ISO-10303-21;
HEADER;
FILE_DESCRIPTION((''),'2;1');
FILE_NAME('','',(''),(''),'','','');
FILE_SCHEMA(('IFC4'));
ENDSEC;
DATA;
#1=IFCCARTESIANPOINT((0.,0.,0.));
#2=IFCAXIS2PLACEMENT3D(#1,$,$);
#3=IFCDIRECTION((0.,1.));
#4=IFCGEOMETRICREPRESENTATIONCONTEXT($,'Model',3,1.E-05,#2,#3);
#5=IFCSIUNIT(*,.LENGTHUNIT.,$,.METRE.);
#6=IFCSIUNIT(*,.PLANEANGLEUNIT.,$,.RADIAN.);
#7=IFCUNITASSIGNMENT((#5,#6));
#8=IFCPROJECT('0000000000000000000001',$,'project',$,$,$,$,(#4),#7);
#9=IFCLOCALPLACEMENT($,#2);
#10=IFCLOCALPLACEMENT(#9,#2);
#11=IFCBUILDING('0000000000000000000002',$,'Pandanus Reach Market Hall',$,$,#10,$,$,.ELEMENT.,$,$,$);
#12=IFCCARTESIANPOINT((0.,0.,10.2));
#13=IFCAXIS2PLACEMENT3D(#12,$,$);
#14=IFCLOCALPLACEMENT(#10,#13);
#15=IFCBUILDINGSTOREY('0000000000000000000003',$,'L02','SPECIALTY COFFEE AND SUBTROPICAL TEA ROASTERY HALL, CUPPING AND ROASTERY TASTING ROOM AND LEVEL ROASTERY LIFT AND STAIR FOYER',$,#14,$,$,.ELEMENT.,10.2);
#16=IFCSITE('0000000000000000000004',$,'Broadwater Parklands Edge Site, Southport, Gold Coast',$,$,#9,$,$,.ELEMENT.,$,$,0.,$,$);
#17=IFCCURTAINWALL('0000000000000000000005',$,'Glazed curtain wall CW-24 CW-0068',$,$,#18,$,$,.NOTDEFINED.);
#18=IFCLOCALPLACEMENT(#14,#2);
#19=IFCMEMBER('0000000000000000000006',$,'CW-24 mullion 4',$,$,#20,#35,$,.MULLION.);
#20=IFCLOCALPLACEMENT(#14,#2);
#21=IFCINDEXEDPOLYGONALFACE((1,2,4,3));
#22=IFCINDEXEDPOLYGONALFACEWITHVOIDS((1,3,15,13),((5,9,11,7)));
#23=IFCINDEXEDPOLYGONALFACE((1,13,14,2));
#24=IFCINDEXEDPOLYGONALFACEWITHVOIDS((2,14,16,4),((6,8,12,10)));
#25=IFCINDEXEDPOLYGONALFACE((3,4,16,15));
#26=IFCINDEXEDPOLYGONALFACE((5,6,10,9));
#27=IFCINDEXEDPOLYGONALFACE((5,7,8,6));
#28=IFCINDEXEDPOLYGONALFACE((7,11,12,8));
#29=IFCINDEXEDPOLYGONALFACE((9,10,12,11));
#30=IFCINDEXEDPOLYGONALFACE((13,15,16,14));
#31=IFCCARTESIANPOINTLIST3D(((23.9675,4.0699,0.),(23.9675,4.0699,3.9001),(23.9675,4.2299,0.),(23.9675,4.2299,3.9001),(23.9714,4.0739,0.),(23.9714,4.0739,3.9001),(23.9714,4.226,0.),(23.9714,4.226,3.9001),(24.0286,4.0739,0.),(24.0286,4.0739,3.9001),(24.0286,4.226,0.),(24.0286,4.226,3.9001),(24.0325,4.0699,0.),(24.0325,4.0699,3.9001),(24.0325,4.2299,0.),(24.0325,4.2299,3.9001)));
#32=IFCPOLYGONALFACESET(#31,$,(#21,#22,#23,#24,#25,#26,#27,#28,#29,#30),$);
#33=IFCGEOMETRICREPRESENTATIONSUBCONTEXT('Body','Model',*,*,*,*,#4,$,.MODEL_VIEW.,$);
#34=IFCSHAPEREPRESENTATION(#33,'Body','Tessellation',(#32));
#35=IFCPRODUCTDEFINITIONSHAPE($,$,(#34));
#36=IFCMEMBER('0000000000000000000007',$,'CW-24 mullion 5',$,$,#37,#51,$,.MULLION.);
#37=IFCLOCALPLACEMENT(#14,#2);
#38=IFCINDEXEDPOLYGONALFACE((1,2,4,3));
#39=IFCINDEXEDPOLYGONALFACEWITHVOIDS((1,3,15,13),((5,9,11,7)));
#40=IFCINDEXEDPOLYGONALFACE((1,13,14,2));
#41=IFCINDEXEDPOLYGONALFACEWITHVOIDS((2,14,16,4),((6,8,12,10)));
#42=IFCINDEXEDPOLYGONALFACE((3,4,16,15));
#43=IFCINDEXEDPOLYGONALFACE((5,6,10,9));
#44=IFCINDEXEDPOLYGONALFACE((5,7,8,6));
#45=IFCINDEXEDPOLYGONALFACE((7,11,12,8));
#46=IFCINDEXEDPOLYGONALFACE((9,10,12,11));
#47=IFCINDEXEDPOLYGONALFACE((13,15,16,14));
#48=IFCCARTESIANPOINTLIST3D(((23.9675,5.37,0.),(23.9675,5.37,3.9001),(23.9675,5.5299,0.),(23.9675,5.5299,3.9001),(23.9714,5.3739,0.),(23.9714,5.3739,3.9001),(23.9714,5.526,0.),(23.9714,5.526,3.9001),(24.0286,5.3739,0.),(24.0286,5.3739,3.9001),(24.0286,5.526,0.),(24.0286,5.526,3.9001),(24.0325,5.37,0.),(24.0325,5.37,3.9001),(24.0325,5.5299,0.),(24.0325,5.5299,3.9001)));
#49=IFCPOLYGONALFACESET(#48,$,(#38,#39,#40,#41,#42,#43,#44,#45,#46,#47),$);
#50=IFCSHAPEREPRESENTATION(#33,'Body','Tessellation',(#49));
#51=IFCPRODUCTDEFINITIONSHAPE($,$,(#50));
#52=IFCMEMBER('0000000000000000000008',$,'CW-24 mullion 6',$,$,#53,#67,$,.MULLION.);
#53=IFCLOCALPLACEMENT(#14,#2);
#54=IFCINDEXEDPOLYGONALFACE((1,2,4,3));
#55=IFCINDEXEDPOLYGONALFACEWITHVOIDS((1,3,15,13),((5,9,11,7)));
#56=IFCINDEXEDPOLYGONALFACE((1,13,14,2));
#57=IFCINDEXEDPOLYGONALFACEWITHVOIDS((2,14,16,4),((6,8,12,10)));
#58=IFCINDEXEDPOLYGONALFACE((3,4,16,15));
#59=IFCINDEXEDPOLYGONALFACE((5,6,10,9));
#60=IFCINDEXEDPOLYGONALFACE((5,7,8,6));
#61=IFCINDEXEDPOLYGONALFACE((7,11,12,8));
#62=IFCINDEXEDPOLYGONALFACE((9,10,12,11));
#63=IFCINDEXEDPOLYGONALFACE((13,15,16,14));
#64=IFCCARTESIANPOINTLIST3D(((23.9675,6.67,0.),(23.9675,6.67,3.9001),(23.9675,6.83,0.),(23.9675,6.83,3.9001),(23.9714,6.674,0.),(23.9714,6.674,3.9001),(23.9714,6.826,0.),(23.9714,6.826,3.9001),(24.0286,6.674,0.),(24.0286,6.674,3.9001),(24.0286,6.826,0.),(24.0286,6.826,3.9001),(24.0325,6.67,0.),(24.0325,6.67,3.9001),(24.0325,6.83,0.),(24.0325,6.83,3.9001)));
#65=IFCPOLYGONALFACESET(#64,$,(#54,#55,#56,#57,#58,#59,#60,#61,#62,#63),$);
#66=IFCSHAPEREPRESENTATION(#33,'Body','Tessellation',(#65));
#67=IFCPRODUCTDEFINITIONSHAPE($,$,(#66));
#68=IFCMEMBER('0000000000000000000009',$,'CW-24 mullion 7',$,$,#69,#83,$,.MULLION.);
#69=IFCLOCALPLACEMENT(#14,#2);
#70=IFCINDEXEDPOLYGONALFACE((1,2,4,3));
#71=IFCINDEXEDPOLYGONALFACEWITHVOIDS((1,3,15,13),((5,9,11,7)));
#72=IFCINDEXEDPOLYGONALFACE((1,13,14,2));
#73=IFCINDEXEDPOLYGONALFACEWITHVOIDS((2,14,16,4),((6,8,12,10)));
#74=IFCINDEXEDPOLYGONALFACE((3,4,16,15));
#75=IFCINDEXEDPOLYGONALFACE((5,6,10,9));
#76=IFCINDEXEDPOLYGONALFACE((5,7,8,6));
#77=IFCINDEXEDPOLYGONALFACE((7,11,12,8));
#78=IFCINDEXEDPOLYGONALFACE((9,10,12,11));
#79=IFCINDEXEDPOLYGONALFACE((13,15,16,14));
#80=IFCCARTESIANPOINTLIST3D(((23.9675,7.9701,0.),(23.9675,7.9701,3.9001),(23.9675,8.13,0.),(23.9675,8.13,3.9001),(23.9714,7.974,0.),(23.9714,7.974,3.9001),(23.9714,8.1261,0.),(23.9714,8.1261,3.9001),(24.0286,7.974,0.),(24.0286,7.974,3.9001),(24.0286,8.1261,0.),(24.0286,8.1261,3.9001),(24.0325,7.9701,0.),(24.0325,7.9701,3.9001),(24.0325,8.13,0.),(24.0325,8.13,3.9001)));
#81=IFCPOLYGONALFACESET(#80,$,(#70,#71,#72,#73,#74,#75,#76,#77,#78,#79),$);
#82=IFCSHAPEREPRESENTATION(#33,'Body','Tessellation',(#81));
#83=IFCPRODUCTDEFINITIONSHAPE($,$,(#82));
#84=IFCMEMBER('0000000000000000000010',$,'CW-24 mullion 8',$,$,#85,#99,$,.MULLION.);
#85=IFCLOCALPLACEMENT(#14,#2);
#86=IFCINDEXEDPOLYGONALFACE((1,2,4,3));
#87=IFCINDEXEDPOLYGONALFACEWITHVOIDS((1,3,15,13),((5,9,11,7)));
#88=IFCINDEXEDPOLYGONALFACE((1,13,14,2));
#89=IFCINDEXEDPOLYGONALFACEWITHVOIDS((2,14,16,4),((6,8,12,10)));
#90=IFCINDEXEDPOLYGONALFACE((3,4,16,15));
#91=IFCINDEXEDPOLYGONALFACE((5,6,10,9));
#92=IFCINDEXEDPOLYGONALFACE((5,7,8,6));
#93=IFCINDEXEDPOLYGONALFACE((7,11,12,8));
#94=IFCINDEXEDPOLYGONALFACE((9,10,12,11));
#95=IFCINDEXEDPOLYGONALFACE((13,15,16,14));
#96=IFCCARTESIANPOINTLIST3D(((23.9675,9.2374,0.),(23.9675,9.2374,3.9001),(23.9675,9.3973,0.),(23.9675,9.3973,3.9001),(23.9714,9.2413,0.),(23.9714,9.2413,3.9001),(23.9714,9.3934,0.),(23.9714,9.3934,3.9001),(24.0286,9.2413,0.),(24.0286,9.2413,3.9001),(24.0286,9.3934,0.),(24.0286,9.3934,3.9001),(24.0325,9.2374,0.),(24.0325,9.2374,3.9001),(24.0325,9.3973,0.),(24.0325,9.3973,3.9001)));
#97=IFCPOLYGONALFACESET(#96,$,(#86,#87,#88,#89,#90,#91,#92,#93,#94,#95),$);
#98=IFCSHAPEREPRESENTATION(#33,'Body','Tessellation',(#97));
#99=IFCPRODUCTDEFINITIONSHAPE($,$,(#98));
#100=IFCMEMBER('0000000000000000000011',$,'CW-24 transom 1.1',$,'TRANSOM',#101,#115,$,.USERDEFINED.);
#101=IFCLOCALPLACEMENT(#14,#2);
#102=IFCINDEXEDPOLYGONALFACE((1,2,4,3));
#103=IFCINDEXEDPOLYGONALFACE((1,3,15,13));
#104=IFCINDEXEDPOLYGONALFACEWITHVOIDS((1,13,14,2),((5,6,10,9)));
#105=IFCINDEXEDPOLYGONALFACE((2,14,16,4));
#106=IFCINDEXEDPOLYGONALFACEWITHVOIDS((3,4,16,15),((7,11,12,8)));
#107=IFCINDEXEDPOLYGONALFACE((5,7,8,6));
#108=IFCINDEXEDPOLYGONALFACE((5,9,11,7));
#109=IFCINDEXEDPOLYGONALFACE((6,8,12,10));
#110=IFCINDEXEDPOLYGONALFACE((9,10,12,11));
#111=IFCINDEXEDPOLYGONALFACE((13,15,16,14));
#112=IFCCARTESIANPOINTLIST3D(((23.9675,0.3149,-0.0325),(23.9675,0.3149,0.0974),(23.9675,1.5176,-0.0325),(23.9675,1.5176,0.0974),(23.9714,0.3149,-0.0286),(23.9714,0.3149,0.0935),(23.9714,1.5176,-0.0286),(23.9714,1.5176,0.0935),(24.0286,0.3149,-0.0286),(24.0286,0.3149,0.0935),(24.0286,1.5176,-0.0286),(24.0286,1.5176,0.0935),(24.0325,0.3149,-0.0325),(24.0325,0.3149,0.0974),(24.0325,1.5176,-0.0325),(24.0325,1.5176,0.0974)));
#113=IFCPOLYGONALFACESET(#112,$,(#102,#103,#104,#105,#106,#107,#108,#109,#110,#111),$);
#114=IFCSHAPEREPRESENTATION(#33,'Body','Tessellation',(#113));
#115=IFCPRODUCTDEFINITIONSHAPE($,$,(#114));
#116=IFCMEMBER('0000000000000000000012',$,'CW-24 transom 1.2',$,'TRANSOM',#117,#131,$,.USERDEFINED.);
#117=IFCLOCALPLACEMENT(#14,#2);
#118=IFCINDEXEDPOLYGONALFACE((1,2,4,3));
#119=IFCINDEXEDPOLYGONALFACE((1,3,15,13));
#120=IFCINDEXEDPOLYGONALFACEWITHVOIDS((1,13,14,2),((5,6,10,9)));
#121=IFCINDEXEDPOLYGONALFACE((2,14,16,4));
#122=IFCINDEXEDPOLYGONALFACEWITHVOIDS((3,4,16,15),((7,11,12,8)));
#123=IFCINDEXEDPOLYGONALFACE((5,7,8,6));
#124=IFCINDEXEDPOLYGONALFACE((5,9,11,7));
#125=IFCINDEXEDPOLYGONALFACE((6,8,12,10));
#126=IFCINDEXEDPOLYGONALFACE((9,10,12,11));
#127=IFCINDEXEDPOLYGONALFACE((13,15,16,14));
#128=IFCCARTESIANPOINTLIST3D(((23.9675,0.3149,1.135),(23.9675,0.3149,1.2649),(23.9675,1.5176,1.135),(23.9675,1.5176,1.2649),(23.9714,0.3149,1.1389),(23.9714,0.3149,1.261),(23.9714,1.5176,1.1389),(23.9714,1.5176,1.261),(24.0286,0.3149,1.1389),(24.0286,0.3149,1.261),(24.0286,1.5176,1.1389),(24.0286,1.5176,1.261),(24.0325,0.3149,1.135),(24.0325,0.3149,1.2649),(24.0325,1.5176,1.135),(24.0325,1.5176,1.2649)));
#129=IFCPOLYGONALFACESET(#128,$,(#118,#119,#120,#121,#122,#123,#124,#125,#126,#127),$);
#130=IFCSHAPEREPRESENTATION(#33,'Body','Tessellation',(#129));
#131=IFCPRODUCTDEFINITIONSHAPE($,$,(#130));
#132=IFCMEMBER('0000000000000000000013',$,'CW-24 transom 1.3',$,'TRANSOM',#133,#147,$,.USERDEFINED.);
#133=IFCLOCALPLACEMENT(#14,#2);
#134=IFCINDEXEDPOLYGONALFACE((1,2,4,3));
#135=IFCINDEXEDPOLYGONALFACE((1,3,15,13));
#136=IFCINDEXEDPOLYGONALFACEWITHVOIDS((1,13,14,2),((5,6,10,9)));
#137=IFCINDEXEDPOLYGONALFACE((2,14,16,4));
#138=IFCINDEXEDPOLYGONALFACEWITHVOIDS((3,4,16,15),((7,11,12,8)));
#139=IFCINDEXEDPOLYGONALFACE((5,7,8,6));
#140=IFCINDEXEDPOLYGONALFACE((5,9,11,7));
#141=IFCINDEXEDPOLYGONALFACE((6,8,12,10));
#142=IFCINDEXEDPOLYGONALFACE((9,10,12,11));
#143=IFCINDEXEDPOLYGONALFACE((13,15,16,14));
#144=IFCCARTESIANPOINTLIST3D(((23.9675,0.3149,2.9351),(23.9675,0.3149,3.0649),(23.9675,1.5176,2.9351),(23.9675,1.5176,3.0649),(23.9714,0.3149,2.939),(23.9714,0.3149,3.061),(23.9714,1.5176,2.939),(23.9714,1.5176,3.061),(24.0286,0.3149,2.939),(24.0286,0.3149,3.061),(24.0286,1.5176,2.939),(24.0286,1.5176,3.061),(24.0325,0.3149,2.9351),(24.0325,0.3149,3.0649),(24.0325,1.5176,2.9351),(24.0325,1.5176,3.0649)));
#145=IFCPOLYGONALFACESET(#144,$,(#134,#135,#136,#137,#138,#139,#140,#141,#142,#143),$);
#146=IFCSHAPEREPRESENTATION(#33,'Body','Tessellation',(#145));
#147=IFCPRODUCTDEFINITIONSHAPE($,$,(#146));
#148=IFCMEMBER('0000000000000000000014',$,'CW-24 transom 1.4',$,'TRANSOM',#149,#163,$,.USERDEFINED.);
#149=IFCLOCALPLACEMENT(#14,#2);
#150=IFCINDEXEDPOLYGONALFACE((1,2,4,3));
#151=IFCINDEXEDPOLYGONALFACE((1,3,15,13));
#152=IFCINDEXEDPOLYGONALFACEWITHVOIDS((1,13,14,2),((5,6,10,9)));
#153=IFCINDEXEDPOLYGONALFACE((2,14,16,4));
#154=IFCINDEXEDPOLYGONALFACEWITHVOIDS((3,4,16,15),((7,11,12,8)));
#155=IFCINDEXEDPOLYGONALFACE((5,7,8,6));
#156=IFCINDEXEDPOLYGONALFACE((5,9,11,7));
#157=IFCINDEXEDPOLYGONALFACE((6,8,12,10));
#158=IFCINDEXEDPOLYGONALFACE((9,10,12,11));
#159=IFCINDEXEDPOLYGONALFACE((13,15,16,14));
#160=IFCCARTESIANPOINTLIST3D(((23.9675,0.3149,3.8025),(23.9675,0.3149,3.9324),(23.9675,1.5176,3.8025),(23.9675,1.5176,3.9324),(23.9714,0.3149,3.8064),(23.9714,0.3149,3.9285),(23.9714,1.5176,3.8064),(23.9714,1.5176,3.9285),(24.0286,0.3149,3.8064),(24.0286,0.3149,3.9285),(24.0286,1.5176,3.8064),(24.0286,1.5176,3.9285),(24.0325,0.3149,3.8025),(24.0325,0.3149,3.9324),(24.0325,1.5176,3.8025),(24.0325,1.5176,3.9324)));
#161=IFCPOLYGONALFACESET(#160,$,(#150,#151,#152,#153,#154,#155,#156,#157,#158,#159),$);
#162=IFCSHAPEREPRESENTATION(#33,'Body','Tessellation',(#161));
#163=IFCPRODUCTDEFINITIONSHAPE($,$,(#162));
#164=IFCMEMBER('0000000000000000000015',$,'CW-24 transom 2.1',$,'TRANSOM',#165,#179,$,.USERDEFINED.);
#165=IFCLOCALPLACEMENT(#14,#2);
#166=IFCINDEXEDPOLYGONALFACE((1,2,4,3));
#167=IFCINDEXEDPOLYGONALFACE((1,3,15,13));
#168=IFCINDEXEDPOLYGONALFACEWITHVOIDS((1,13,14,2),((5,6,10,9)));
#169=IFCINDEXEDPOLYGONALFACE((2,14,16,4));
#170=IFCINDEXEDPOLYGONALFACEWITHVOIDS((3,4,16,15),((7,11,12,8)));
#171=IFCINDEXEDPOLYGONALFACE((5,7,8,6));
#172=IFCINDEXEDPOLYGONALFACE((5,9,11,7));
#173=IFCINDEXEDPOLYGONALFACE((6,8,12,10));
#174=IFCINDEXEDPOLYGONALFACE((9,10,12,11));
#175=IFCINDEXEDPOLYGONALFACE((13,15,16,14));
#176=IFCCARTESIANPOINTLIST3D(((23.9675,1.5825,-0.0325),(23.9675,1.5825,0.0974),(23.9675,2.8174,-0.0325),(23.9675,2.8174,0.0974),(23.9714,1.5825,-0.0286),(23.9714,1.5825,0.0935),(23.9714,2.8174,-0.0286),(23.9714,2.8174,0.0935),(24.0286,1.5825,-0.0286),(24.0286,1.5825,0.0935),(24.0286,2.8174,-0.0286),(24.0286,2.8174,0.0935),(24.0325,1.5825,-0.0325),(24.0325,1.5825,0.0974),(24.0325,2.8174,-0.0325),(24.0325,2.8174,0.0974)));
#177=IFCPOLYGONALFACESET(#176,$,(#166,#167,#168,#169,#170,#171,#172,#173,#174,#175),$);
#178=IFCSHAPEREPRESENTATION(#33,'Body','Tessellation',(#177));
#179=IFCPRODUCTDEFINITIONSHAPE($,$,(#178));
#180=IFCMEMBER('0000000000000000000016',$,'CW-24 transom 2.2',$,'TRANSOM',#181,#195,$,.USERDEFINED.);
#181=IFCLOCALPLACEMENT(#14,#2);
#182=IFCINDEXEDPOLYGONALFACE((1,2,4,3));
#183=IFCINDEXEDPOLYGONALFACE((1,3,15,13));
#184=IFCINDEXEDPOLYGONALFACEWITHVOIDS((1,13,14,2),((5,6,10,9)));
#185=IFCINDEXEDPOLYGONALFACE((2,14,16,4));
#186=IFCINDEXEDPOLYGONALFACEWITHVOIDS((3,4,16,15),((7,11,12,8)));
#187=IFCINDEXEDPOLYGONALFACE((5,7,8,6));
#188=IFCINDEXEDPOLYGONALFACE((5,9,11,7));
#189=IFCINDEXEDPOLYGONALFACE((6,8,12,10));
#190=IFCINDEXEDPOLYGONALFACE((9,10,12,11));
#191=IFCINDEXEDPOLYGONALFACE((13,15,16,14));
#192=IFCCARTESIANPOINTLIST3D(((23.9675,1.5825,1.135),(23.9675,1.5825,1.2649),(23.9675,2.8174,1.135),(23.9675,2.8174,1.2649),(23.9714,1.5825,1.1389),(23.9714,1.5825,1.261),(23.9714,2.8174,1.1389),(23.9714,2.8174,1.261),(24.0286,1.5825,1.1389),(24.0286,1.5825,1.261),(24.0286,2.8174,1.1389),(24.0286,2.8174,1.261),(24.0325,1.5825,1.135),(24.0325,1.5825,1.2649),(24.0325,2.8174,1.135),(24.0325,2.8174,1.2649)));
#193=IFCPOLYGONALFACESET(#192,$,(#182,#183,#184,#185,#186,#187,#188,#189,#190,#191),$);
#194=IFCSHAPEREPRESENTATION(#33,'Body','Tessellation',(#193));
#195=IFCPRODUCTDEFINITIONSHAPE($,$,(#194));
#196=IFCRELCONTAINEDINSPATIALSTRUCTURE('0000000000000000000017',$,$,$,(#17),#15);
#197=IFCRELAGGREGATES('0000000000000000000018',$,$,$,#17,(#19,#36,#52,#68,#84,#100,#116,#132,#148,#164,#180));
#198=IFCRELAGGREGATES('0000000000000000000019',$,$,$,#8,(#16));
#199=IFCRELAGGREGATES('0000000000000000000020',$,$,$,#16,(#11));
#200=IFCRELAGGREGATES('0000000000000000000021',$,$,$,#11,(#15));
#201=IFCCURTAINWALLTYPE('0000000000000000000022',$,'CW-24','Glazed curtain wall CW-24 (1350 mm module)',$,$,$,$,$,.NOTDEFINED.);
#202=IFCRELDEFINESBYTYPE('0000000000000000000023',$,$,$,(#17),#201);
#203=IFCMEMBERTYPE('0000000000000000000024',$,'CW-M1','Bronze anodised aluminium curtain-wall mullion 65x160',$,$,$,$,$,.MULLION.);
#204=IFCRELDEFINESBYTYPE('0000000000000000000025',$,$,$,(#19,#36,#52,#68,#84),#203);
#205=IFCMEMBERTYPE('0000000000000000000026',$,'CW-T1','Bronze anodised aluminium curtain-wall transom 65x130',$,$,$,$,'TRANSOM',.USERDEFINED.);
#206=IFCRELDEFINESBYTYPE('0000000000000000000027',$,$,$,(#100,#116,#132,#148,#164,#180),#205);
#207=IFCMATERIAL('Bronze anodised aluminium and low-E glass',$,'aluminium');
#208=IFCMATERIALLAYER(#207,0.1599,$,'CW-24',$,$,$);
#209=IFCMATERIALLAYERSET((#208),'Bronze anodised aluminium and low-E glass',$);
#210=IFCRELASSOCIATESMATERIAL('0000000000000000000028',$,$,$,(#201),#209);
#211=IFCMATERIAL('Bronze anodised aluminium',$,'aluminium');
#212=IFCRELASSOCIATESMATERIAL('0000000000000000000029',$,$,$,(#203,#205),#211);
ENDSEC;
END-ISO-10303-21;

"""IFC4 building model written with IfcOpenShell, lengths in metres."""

from ifc_helpers import new_model, si_unit, direction, frame, origin, origin_2d, place, context, subcontext, project, spatial, hollow_rectangle, extrude, material, layer, layer_set, material_profile, profile_set, type_object, element, aggregate, save


model = new_model("IFC4")

# Units and contexts
model_context = context("Model", 3, precision=1e-05, world=origin(), true_north=direction((0.0, 1.0)))
body_context = subcontext(model_context, "Body", "Model", "MODEL_VIEW")
ifc_project = project(units=[si_unit("LENGTHUNIT", "METRE"), si_unit("PLANEANGLEUNIT", "RADIAN")], contexts=[model_context])

# Site, building, storey
site_placement = place(None, origin())
site = spatial("IfcSite", under=ifc_project, at=site_placement, Name="Broadwater Parklands Edge Site, Southport, Gold Coast", CompositionType="ELEMENT", RefElevation=0.0)
building_placement = place(site_placement, origin())
building = spatial("IfcBuilding", under=site, at=building_placement, Name="Pandanus Reach Market Hall", CompositionType="ELEMENT")
storey_placement = place(building_placement, frame((0.0, 0.0, 10.2)))
storey = spatial("IfcBuildingStorey", under=building, at=storey_placement, Name="L02", Description="SPECIALTY COFFEE AND SUBTROPICAL TEA ROASTERY HALL, CUPPING AND ROASTERY TASTING ROOM AND LEVEL ROASTERY LIFT AND STAIR FOYER", CompositionType="ELEMENT", Elevation=10.2)

# Curtain wall, members
ifc_material_1 = material(Name="Bronze anodised aluminium and low-E glass", Category="aluminium")
ifc_layer_1 = layer(ifc_material_1, 0.1599, Name="CW-24")
ifc_layer_set_1 = layer_set([ifc_layer_1], Name="Bronze anodised aluminium and low-E glass")
curtain_wall_type = type_object("IfcCurtainWallType", Name="CW-24", Description="Glazed curtain wall CW-24 (1350 mm module)", PredefinedType="NOTDEFINED", material=ifc_layer_set_1)
curtain_wall_placement = place(storey_placement, origin())
curtain_wall = element("IfcCurtainWall", 1, at=curtain_wall_placement, inside=storey, type_object=curtain_wall_type, Name="Glazed curtain wall CW-24 CW-0068", PredefinedType="NOTDEFINED")
ifc_material_2 = material(Name="Bronze anodised aluminium", Category="aluminium")
ifc_material_profile_1 = material_profile(ifc_material_2, hollow_rectangle(XDim=0.0649, YDim=0.1599, WallThickness=0.0039, at=origin_2d()), Name="ALU65x160", Category="LoadBearing")
ifc_profile_set_1 = profile_set([ifc_material_profile_1], Name="Bronze anodised aluminium")
member_type_1 = type_object("IfcMemberType", Name="CW-M1", Description="Bronze anodised aluminium curtain-wall mullion 65x160", PredefinedType="MULLION", material=ifc_profile_set_1)
member_1_placement = place(storey_placement, frame((24.0, 4.1499, 0.0), z_axis=(0.0, 0.0, 1.0), x_axis=(-1.0, 0.0, 0.0)))
member_1 = element("IfcMember", 2, at=member_1_placement, type_object=member_type_1, Name="CW-24 mullion 4", PredefinedType="MULLION", context=body_context, shape_type="SweptSolid", body=[
    extrude(hollow_rectangle(XDim=0.0649, YDim=0.1599, WallThickness=0.0039, at=origin_2d()), origin(), (0.0, 0.0, 1.0), 3.9001),
])
member_2_placement = place(storey_placement, frame((24.0, 5.45, 0.0), z_axis=(0.0, 0.0, 1.0), x_axis=(-1.0, 0.0, 0.0)))
member_2 = element("IfcMember", 3, at=member_2_placement, type_object=member_type_1, Name="CW-24 mullion 5", PredefinedType="MULLION", context=body_context, shape_type="SweptSolid", body=[
    extrude(hollow_rectangle(XDim=0.0649, YDim=0.1599, WallThickness=0.0039, at=origin_2d()), origin(), (0.0, 0.0, 1.0), 3.9001),
])
member_3_placement = place(storey_placement, frame((24.0, 6.75, 0.0), z_axis=(0.0, 0.0, 1.0), x_axis=(-1.0, 0.0, 0.0)))
member_3 = element("IfcMember", 4, at=member_3_placement, type_object=member_type_1, Name="CW-24 mullion 6", PredefinedType="MULLION", context=body_context, shape_type="SweptSolid", body=[
    extrude(hollow_rectangle(XDim=0.0649, YDim=0.1599, WallThickness=0.0039, at=origin_2d()), origin(), (0.0, 0.0, 1.0), 3.9001),
])
member_4_placement = place(storey_placement, frame((24.0, 8.05, 0.0), z_axis=(0.0, 0.0, 1.0), x_axis=(-1.0, 0.0, 0.0)))
member_4 = element("IfcMember", 5, at=member_4_placement, type_object=member_type_1, Name="CW-24 mullion 7", PredefinedType="MULLION", context=body_context, shape_type="SweptSolid", body=[
    extrude(hollow_rectangle(XDim=0.0649, YDim=0.1599, WallThickness=0.0039, at=origin_2d()), origin(), (0.0, 0.0, 1.0), 3.9001),
])
member_5_placement = place(storey_placement, frame((24.0, 9.3174, 0.0), z_axis=(0.0, 0.0, 1.0), x_axis=(-1.0, 0.0, 0.0)))
member_5 = element("IfcMember", 6, at=member_5_placement, type_object=member_type_1, Name="CW-24 mullion 8", PredefinedType="MULLION", context=body_context, shape_type="SweptSolid", body=[
    extrude(hollow_rectangle(XDim=0.0649, YDim=0.1599, WallThickness=0.0039, at=origin_2d()), origin(), (0.0, 0.0, 1.0), 3.9001),
])
ifc_material_profile_2 = material_profile(ifc_material_2, hollow_rectangle(XDim=0.0649, YDim=0.1299, WallThickness=0.0039, at=origin_2d()), Name="ALU65x130", Category="LoadBearing")
ifc_profile_set_2 = profile_set([ifc_material_profile_2], Name="Bronze anodised aluminium")
member_type_2 = type_object("IfcMemberType", Name="CW-T1", Description="Bronze anodised aluminium curtain-wall transom 65x130", ElementType="TRANSOM", PredefinedType="USERDEFINED", material=ifc_profile_set_2)
member_6_placement = place(storey_placement, frame((24.0, 0.3149, 0.0325), z_axis=(0.0, 1.0, 0.0), x_axis=(-1.0, 0.0, 0.0)))
member_6 = element("IfcMember", 7, at=member_6_placement, type_object=member_type_2, Name="CW-24 transom 1.1", ObjectType="TRANSOM", PredefinedType="USERDEFINED", context=body_context, shape_type="SweptSolid", body=[
    extrude(hollow_rectangle(XDim=0.0649, YDim=0.1299, WallThickness=0.0039, at=origin_2d()), origin(), (0.0, 0.0, 1.0), 1.2026),
])
member_7_placement = place(storey_placement, frame((24.0, 0.3149, 1.2), z_axis=(0.0, 1.0, 0.0), x_axis=(-1.0, 0.0, 0.0)))
member_7 = element("IfcMember", 8, at=member_7_placement, type_object=member_type_2, Name="CW-24 transom 1.2", ObjectType="TRANSOM", PredefinedType="USERDEFINED", context=body_context, shape_type="SweptSolid", body=[
    extrude(hollow_rectangle(XDim=0.0649, YDim=0.1299, WallThickness=0.0039, at=origin_2d()), origin(), (0.0, 0.0, 1.0), 1.2026),
])
member_8_placement = place(storey_placement, frame((24.0, 0.3149, 3.0), z_axis=(0.0, 1.0, 0.0), x_axis=(-1.0, 0.0, 0.0)))
member_8 = element("IfcMember", 9, at=member_8_placement, type_object=member_type_2, Name="CW-24 transom 1.3", ObjectType="TRANSOM", PredefinedType="USERDEFINED", context=body_context, shape_type="SweptSolid", body=[
    extrude(hollow_rectangle(XDim=0.0649, YDim=0.1299, WallThickness=0.0039, at=origin_2d()), origin(), (0.0, 0.0, 1.0), 1.2026),
])
member_9_placement = place(storey_placement, frame((24.0, 0.3149, 3.8674), z_axis=(0.0, 1.0, 0.0), x_axis=(-1.0, 0.0, 0.0)))
member_9 = element("IfcMember", 10, at=member_9_placement, type_object=member_type_2, Name="CW-24 transom 1.4", ObjectType="TRANSOM", PredefinedType="USERDEFINED", context=body_context, shape_type="SweptSolid", body=[
    extrude(hollow_rectangle(XDim=0.0649, YDim=0.1299, WallThickness=0.0039, at=origin_2d()), origin(), (0.0, 0.0, 1.0), 1.2026),
])
member_10_placement = place(storey_placement, frame((24.0, 1.5825, 0.0325), z_axis=(0.0, 1.0, 0.0), x_axis=(-1.0, 0.0, 0.0)))
member_10 = element("IfcMember", 11, at=member_10_placement, type_object=member_type_2, Name="CW-24 transom 2.1", ObjectType="TRANSOM", PredefinedType="USERDEFINED", context=body_context, shape_type="SweptSolid", body=[
    extrude(hollow_rectangle(XDim=0.0649, YDim=0.1299, WallThickness=0.0039, at=origin_2d()), origin(), (0.0, 0.0, 1.0), 1.2349),
])
member_11_placement = place(storey_placement, frame((24.0, 1.5825, 1.2), z_axis=(0.0, 1.0, 0.0), x_axis=(-1.0, 0.0, 0.0)))
member_11 = element("IfcMember", 12, at=member_11_placement, type_object=member_type_2, Name="CW-24 transom 2.2", ObjectType="TRANSOM", PredefinedType="USERDEFINED", context=body_context, shape_type="SweptSolid", body=[
    extrude(hollow_rectangle(XDim=0.0649, YDim=0.1299, WallThickness=0.0039, at=origin_2d()), origin(), (0.0, 0.0, 1.0), 1.2349),
])

aggregate(curtain_wall, [member_1, member_2, member_3, member_4, member_5, member_6, member_7, member_8, member_9, member_10, member_11])

save(model, "model.ifc")
